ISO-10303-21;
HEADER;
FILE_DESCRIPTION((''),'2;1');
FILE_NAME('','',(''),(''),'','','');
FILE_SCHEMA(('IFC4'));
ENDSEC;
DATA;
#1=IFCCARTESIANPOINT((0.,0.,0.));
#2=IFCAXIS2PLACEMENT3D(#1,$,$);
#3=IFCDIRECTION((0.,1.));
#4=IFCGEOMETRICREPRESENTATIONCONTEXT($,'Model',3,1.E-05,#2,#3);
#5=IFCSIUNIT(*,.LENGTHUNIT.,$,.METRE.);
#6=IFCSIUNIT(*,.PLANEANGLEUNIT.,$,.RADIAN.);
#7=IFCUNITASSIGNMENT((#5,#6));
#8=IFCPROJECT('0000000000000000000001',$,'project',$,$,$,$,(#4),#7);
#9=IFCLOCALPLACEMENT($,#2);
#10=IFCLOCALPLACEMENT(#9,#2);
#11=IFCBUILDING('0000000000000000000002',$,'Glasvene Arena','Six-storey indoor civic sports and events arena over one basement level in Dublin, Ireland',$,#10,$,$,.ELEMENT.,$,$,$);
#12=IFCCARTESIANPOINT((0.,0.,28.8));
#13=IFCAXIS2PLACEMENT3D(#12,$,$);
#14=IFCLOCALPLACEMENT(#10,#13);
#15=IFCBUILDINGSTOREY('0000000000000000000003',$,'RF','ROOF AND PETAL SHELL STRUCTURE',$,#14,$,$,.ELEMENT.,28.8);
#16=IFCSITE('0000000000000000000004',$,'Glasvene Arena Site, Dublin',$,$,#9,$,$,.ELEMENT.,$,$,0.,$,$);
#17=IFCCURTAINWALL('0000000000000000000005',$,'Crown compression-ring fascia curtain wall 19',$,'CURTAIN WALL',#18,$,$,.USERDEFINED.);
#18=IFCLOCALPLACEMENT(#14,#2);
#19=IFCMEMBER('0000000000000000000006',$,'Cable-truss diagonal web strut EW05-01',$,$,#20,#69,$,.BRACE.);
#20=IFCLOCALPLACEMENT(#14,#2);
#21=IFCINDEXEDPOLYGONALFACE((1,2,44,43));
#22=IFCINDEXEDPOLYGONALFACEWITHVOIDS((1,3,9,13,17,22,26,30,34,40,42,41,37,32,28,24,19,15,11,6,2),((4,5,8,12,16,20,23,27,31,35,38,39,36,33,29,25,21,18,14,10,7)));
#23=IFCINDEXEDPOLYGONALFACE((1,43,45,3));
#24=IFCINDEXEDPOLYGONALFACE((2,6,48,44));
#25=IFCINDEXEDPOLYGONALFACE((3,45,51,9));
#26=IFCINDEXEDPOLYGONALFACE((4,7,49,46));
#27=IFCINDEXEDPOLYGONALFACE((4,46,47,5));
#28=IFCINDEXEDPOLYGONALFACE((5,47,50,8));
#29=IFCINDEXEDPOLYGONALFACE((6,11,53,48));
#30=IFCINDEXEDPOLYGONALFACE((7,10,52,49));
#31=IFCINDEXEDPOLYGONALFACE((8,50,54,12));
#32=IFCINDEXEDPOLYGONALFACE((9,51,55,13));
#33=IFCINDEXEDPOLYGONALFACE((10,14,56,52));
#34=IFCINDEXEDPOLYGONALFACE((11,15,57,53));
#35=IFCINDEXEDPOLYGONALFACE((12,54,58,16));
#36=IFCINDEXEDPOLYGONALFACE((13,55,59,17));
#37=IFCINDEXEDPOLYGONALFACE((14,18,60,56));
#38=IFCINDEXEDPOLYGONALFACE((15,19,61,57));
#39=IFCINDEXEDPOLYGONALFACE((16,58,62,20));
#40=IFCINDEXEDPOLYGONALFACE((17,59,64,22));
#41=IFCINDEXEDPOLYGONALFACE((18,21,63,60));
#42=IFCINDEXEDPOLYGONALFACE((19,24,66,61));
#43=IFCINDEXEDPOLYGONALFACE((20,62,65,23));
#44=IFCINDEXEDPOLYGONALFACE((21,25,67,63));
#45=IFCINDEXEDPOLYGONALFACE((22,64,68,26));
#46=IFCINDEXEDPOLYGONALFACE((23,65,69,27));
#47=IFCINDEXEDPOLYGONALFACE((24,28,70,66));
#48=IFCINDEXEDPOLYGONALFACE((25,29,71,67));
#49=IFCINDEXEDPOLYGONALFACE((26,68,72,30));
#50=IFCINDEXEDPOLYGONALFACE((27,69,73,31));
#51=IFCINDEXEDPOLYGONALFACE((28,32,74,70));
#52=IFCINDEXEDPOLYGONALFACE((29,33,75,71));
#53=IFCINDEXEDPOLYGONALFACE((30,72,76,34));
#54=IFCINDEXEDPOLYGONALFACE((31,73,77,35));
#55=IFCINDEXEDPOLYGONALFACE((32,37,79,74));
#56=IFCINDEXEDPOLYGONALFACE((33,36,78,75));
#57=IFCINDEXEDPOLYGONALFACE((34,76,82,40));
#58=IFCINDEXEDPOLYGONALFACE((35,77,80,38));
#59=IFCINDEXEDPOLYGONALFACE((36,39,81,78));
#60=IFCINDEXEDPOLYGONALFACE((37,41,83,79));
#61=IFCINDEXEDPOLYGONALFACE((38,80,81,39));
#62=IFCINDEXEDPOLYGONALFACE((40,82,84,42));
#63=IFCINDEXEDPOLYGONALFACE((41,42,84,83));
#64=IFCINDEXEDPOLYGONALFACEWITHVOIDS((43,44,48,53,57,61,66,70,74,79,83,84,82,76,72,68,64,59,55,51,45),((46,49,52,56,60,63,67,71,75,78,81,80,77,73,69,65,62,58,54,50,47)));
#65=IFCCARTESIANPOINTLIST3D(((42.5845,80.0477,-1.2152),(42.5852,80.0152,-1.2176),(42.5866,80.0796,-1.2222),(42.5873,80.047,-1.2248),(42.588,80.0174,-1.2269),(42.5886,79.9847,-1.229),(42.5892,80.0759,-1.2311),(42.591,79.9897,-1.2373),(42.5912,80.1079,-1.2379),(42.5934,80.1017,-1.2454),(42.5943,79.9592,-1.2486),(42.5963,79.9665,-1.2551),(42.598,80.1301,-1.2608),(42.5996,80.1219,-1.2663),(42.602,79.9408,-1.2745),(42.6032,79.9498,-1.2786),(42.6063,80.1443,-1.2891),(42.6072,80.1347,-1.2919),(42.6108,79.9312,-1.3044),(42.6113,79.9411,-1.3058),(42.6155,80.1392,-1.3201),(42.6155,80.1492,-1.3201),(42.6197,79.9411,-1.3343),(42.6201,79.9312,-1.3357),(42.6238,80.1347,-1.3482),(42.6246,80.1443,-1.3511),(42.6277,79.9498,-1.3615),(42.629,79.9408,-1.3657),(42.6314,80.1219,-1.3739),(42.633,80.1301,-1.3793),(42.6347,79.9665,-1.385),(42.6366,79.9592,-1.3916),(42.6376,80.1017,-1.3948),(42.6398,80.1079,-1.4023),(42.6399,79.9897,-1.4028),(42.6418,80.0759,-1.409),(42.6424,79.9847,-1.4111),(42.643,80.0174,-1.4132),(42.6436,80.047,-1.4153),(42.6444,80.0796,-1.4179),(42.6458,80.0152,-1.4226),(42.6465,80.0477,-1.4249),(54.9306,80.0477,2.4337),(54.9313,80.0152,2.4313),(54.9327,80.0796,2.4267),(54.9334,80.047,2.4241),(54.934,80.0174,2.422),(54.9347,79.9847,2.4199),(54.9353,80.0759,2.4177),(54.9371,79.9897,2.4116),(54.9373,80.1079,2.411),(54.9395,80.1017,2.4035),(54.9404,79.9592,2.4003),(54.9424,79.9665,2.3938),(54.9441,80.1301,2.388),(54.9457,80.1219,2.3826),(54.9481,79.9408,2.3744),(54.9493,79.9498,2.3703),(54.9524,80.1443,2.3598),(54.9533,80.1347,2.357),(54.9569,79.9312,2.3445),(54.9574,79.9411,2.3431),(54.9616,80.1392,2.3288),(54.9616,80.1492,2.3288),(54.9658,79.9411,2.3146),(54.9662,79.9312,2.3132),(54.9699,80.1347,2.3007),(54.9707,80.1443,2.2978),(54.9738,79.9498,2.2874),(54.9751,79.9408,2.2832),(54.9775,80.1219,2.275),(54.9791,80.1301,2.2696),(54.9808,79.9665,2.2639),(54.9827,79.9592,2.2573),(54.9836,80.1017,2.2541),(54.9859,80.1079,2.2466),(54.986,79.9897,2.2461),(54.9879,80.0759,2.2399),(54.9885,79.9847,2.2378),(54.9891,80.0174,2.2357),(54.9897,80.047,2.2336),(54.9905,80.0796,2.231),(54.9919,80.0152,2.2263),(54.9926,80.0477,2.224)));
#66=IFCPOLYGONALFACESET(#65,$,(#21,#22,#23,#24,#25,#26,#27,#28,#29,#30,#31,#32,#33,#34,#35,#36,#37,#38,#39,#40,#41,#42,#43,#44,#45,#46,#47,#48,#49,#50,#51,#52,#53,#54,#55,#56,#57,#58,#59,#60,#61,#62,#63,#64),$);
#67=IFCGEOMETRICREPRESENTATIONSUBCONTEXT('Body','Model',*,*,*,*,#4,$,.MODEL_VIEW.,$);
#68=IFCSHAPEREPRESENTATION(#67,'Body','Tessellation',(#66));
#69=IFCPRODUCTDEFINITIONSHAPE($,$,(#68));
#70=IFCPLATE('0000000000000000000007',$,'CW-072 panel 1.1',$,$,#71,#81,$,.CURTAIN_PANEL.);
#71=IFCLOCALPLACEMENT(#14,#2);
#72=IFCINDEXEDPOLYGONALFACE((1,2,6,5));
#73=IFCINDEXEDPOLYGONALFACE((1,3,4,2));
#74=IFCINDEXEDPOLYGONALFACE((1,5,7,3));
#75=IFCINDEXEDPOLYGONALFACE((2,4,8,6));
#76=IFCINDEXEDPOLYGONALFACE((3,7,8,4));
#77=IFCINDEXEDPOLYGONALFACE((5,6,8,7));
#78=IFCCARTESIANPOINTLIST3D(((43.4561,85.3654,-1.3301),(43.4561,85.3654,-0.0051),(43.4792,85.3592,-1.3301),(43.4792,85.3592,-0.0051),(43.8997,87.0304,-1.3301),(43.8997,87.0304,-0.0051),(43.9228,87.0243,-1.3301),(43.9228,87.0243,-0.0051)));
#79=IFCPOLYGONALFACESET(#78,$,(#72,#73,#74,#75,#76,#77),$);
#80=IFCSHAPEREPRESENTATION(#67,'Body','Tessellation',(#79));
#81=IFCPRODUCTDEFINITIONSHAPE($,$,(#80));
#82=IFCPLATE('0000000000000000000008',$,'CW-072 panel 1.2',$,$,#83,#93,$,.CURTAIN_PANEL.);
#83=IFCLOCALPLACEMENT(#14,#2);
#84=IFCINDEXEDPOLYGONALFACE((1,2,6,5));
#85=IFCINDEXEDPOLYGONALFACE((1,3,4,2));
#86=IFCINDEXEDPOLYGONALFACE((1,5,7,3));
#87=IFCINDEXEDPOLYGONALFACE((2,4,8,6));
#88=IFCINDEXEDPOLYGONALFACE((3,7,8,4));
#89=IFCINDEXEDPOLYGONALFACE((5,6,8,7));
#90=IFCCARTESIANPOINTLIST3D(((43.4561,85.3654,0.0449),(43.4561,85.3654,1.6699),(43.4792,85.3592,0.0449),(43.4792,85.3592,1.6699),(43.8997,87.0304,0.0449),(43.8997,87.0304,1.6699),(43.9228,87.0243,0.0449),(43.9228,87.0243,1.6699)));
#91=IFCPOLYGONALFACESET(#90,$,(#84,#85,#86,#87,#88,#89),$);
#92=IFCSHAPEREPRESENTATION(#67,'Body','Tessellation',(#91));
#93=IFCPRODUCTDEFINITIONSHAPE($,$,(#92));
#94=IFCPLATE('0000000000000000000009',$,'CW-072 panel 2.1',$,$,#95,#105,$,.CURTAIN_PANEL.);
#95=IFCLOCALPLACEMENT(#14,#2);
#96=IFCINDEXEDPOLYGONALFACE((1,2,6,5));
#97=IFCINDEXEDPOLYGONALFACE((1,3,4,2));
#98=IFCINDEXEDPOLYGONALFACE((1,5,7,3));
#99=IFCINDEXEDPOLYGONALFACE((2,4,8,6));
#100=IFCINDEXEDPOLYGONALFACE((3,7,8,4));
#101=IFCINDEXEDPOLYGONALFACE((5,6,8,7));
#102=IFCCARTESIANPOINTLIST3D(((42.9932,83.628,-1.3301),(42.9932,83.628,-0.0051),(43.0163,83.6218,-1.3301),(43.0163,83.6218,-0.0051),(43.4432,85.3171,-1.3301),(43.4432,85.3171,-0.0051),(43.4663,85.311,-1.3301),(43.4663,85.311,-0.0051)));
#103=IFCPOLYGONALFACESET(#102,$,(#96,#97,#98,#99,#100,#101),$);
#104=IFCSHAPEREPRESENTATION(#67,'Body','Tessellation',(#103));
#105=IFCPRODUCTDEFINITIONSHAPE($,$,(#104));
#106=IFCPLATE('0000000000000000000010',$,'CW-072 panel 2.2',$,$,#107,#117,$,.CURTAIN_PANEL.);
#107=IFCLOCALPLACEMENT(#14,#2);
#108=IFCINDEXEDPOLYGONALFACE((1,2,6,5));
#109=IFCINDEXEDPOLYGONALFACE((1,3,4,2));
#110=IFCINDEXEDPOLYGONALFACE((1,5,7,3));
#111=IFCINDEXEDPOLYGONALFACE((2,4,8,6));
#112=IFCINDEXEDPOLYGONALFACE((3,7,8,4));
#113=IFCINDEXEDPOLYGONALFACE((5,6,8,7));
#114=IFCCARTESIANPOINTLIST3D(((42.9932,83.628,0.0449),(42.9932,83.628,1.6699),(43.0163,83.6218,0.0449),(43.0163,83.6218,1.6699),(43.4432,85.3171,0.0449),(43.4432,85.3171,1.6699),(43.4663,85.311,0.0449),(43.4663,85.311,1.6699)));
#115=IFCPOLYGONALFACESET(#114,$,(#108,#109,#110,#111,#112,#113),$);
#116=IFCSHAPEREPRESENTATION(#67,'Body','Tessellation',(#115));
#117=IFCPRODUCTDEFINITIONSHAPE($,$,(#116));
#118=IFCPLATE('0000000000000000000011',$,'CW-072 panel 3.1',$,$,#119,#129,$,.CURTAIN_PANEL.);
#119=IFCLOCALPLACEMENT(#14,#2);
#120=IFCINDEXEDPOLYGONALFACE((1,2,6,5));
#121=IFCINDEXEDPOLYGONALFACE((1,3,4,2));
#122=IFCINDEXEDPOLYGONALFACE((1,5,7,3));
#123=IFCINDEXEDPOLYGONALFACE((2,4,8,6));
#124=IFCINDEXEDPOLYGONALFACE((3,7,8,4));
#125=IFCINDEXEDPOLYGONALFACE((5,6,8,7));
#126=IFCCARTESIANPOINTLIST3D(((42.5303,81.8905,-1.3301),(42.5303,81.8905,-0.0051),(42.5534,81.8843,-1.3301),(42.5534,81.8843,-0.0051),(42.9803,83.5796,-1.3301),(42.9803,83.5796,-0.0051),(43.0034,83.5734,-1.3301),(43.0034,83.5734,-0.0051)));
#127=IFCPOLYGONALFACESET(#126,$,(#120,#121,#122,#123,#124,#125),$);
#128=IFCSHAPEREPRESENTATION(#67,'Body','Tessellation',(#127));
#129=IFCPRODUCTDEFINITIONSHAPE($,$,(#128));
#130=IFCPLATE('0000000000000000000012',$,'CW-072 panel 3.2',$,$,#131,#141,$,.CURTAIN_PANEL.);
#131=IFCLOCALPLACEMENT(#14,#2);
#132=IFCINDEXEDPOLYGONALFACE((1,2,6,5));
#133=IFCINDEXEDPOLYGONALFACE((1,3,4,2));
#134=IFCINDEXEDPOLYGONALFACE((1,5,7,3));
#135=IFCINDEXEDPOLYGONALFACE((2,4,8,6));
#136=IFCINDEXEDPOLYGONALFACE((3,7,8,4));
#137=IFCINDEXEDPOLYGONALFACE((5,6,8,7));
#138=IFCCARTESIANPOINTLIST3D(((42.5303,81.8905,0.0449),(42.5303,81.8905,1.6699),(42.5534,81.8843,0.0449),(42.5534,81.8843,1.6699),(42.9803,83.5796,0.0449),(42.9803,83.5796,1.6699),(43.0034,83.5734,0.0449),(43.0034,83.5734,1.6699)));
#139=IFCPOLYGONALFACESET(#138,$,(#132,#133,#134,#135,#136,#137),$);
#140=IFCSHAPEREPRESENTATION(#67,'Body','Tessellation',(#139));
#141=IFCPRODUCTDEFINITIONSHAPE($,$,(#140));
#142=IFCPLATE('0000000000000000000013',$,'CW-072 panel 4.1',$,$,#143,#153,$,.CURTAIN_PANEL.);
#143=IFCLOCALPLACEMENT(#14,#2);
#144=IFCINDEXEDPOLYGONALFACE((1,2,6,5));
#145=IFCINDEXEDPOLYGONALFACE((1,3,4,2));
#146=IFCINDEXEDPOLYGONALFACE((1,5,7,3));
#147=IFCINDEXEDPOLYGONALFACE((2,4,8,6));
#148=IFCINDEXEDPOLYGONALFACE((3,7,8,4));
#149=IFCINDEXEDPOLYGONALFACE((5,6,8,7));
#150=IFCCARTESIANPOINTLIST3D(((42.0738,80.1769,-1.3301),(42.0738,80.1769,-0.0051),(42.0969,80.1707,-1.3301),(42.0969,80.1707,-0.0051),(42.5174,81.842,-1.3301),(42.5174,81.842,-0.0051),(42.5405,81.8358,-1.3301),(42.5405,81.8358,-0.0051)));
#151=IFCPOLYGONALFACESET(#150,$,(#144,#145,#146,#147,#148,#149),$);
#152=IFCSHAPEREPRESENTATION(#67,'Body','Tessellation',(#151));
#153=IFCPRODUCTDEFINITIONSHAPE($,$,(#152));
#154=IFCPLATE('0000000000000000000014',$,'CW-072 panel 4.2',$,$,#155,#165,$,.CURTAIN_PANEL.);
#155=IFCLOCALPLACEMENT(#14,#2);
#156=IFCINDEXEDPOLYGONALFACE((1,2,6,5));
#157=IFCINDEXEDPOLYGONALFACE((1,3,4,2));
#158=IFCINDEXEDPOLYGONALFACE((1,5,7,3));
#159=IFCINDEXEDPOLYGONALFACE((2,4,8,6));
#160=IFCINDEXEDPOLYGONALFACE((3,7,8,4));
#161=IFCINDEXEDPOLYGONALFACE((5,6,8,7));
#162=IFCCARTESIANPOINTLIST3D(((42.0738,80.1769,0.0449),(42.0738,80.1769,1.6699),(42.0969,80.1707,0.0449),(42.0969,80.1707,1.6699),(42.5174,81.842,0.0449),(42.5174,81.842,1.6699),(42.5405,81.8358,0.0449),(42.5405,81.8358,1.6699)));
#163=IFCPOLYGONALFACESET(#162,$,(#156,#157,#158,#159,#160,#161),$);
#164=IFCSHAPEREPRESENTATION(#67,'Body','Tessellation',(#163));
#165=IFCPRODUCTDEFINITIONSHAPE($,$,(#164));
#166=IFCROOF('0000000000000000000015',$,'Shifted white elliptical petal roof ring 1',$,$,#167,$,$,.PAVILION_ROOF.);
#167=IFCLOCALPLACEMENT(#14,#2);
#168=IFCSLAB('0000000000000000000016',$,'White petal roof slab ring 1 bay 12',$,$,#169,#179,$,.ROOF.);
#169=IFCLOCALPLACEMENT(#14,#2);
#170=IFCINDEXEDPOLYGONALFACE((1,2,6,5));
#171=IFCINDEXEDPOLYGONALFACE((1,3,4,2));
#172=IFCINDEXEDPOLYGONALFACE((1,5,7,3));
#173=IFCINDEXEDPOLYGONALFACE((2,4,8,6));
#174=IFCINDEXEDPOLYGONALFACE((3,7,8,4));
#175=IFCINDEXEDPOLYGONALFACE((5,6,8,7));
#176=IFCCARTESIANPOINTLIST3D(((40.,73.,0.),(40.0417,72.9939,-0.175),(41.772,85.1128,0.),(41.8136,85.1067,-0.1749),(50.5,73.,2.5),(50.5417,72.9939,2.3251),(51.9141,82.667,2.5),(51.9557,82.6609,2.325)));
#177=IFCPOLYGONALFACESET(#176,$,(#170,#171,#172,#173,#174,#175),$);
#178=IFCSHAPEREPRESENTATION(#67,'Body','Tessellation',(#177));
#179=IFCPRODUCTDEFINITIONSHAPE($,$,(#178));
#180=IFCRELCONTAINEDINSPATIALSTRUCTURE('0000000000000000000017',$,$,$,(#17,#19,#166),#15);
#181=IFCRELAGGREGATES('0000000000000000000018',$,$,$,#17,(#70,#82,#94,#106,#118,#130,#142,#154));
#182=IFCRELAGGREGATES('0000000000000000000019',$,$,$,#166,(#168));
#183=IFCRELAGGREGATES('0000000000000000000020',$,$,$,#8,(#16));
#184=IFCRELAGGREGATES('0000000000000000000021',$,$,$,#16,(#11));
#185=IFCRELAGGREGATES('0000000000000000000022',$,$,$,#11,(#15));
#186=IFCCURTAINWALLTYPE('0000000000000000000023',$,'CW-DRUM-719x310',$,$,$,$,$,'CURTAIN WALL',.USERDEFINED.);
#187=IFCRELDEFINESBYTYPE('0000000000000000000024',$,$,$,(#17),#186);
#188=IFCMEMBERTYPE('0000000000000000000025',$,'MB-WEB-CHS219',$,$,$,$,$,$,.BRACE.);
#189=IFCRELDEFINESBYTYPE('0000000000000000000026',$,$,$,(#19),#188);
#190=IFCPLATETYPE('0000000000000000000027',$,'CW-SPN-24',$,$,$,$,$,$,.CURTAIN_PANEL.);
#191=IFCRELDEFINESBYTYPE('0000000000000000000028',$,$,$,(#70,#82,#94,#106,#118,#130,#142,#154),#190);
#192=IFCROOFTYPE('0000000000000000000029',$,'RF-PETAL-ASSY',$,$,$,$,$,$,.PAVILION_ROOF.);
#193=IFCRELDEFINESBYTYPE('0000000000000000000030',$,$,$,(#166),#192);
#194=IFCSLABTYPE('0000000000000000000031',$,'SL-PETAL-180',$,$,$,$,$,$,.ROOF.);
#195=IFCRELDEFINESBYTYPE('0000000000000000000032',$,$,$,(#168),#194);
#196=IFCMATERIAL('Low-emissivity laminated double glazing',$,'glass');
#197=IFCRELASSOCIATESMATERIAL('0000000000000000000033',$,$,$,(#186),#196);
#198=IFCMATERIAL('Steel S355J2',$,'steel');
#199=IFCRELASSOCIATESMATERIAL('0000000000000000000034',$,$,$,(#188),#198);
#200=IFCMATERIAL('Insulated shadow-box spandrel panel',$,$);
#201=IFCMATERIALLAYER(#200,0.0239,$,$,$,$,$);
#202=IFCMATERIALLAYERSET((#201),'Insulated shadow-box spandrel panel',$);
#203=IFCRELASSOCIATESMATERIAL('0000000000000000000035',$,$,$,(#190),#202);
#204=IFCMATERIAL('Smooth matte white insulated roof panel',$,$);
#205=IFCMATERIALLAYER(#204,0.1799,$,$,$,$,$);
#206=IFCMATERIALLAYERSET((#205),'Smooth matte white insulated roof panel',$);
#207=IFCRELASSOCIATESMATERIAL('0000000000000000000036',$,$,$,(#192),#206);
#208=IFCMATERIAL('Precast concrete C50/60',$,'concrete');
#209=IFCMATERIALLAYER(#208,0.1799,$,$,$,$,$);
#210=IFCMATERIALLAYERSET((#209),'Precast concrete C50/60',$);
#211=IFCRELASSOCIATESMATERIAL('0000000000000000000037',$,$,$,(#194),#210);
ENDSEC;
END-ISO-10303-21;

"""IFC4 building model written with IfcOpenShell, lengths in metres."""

from ifc_helpers import new_model, si_unit, direction, frame, origin, origin_2d, place, context, subcontext, project, spatial, polyline, rectangle, hollow_circle, outline, extrude, material, layer, layer_set, material_profile, profile_set, type_object, element, aggregate, save


model = new_model("IFC4")

# Units and contexts
model_context = context("Model", 3, precision=1e-05, world=origin(), true_north=direction((0.0, 1.0)))
body_context = subcontext(model_context, "Body", "Model", "MODEL_VIEW")
ifc_project = project(units=[si_unit("LENGTHUNIT", "METRE"), si_unit("PLANEANGLEUNIT", "RADIAN")], contexts=[model_context])

# Site, building, storey
site_placement = place(None, origin())
site = spatial("IfcSite", under=ifc_project, at=site_placement, Name="Glasvene Arena Site, Dublin", CompositionType="ELEMENT", RefElevation=0.0)
building_placement = place(site_placement, origin())
building = spatial("IfcBuilding", under=site, at=building_placement, Name="Glasvene Arena", Description="Six-storey indoor civic sports and events arena over one basement level in Dublin, Ireland", CompositionType="ELEMENT")
storey_placement = place(building_placement, frame((0.0, 0.0, 28.8)))
storey = spatial("IfcBuildingStorey", under=building, at=storey_placement, Name="RF", Description="ROOF AND PETAL SHELL STRUCTURE", CompositionType="ELEMENT", Elevation=28.8)

# Shared definitions
ifc_material_1 = material(Name="Low-emissivity laminated double glazing", Category="glass")

# Curtain wall
curtain_wall_type_1 = type_object("IfcCurtainWallType", Name="CW-DRUM-719x310", ElementType="CURTAIN WALL", PredefinedType="USERDEFINED", material=ifc_material_1)
curtain_wall_1_placement = place(storey_placement, frame((43.9241, 87.0757, 0.0)))
curtain_wall_1 = element("IfcCurtainWall", 1, at=curtain_wall_1_placement, inside=storey, type_object=curtain_wall_type_1, Name="Crown compression-ring fascia curtain wall 19", ObjectType="CURTAIN WALL", PredefinedType="USERDEFINED")

# Member
ifc_material_2 = material(Name="Steel S355J2", Category="steel")
ifc_material_profile_1 = material_profile(ifc_material_2, hollow_circle(Radius=0.1096, WallThickness=0.01, at=origin_2d()), Name="CHS 219.1x10.0")
ifc_profile_set_1 = profile_set([ifc_material_profile_1], Name="Steel S355J2")
member_type_1 = type_object("IfcMemberType", Name="MB-WEB-CHS219", PredefinedType="BRACE", material=ifc_profile_set_1)
member_1_placement = place(storey_placement, frame((42.6155, 80.0396, -1.3201), z_axis=(0.958993, 0.0, 0.283431), x_axis=(0.0, 1.0, 0.0)))
element("IfcMember", 2, at=member_1_placement, inside=storey, type_object=member_type_1, Name="Cable-truss diagonal web strut EW05-01", PredefinedType="BRACE", context=body_context, shape_type="SweptSolid", body=[
    extrude(hollow_circle(Radius=0.1096, WallThickness=0.01, at=origin_2d()), origin(), (0.0, 0.0, 1.0), 12.874),
])

# Plates
ifc_material_3 = material(Name="Insulated shadow-box spandrel panel")
ifc_layer_1 = layer(ifc_material_3, 0.0239)
ifc_layer_set_1 = layer_set([ifc_layer_1], Name="Insulated shadow-box spandrel panel")
plate_type = type_object("IfcPlateType", Name="CW-SPN-24", PredefinedType="CURTAIN_PANEL", material=ifc_layer_set_1)
plate_1_placement = place(storey_placement, frame((43.6895, 86.1948, -1.3301), z_axis=(0.0, 0.0, 1.0), x_axis=(-0.257447, -0.966292, 0.0)))
plate_1 = element("IfcPlate", 3, at=plate_1_placement, type_object=plate_type, Name="CW-072 panel 1.1", PredefinedType="CURTAIN_PANEL", context=body_context, shape_type="SweptSolid", body=[
    extrude(rectangle(XDim=1.7231, YDim=0.0239, at=origin_2d()), origin(), (0.0, 0.0, 1.0), 1.325),
])
plate_2_placement = place(storey_placement, frame((43.6895, 86.1948, 0.0449), z_axis=(0.0, 0.0, 1.0), x_axis=(-0.257447, -0.966292, 0.0)))
plate_2 = element("IfcPlate", 4, at=plate_2_placement, type_object=plate_type, Name="CW-072 panel 1.2", PredefinedType="CURTAIN_PANEL", context=body_context, shape_type="SweptSolid", body=[
    extrude(rectangle(XDim=1.7231, YDim=0.0239, at=origin_2d()), origin(), (0.0, 0.0, 1.0), 1.625),
])
plate_3_placement = place(storey_placement, frame((43.2297, 84.4695, -1.3301), z_axis=(0.0, 0.0, 1.0), x_axis=(-0.257447, -0.966292, 0.0)))
plate_3 = element("IfcPlate", 5, at=plate_3_placement, type_object=plate_type, Name="CW-072 panel 2.1", PredefinedType="CURTAIN_PANEL", context=body_context, shape_type="SweptSolid", body=[
    extrude(rectangle(XDim=1.748, YDim=0.0239, at=origin_2d()), origin(), (0.0, 0.0, 1.0), 1.325),
])
plate_4_placement = place(storey_placement, frame((43.2297, 84.4695, 0.0449), z_axis=(0.0, 0.0, 1.0), x_axis=(-0.257447, -0.966292, 0.0)))
plate_4 = element("IfcPlate", 6, at=plate_4_placement, type_object=plate_type, Name="CW-072 panel 2.2", PredefinedType="CURTAIN_PANEL", context=body_context, shape_type="SweptSolid", body=[
    extrude(rectangle(XDim=1.748, YDim=0.0239, at=origin_2d()), origin(), (0.0, 0.0, 1.0), 1.625),
])
plate_5_placement = place(storey_placement, frame((42.7668, 82.7319, -1.3301), z_axis=(0.0, 0.0, 1.0), x_axis=(-0.257447, -0.966292, 0.0)))
plate_5 = element("IfcPlate", 7, at=plate_5_placement, type_object=plate_type, Name="CW-072 panel 3.1", PredefinedType="CURTAIN_PANEL", context=body_context, shape_type="SweptSolid", body=[
    extrude(rectangle(XDim=1.748, YDim=0.0239, at=origin_2d()), origin(), (0.0, 0.0, 1.0), 1.325),
])
plate_6_placement = place(storey_placement, frame((42.7668, 82.7319, 0.0449), z_axis=(0.0, 0.0, 1.0), x_axis=(-0.257447, -0.966292, 0.0)))
plate_6 = element("IfcPlate", 8, at=plate_6_placement, type_object=plate_type, Name="CW-072 panel 3.2", PredefinedType="CURTAIN_PANEL", context=body_context, shape_type="SweptSolid", body=[
    extrude(rectangle(XDim=1.748, YDim=0.0239, at=origin_2d()), origin(), (0.0, 0.0, 1.0), 1.625),
])
plate_7_placement = place(storey_placement, frame((42.3071, 81.0063, -1.3301), z_axis=(0.0, 0.0, 1.0), x_axis=(-0.257447, -0.966292, 0.0)))
plate_7 = element("IfcPlate", 9, at=plate_7_placement, type_object=plate_type, Name="CW-072 panel 4.1", PredefinedType="CURTAIN_PANEL", context=body_context, shape_type="SweptSolid", body=[
    extrude(rectangle(XDim=1.7231, YDim=0.0239, at=origin_2d()), origin(), (0.0, 0.0, 1.0), 1.325),
])
plate_8_placement = place(storey_placement, frame((42.3071, 81.0063, 0.0449), z_axis=(0.0, 0.0, 1.0), x_axis=(-0.257447, -0.966292, 0.0)))
plate_8 = element("IfcPlate", 10, at=plate_8_placement, type_object=plate_type, Name="CW-072 panel 4.2", PredefinedType="CURTAIN_PANEL", context=body_context, shape_type="SweptSolid", body=[
    extrude(rectangle(XDim=1.7231, YDim=0.0239, at=origin_2d()), origin(), (0.0, 0.0, 1.0), 1.625),
])
aggregate(curtain_wall_1, [plate_1, plate_2, plate_3, plate_4, plate_5, plate_6, plate_7, plate_8])

# Roof, slab
ifc_material_4 = material(Name="Smooth matte white insulated roof panel")
ifc_layer_2 = layer(ifc_material_4, 0.1799)
ifc_layer_set_2 = layer_set([ifc_layer_2], Name="Smooth matte white insulated roof panel")
roof_type = type_object("IfcRoofType", Name="RF-PETAL-ASSY", PredefinedType="PAVILION_ROOF", material=ifc_layer_set_2)
roof_placement = place(storey_placement, frame((92.0, 73.0, 0.0)))
roof = element("IfcRoof", 11, at=roof_placement, inside=storey, type_object=roof_type, Name="Shifted white elliptical petal roof ring 1", PredefinedType="PAVILION_ROOF")
ifc_material_5 = material(Name="Precast concrete C50/60", Category="concrete")
ifc_layer_3 = layer(ifc_material_5, 0.1799)
ifc_layer_set_3 = layer_set([ifc_layer_3], Name="Precast concrete C50/60")
slab_type = type_object("IfcSlabType", Name="SL-PETAL-180", PredefinedType="ROOF", material=ifc_layer_set_3)
slab_placement = place(storey_placement, frame((41.772, 85.1128, 0.0), z_axis=(-0.231489, 0.033863, 0.972248), x_axis=(-0.144748, -0.989468, -0.000001)))
slab = element("IfcSlab", 12, at=slab_placement, type_object=slab_type, Name="White petal roof slab ring 1 bay 12", PredefinedType="ROOF", context=body_context, shape_type="SweptSolid", body=[
    extrude(outline(polyline([(0.0, 0.0), (12.2417, 0.0), (10.7219, 10.686), (0.952, 10.6859), (0.0, 0.0)])), origin(), (0.0, 0.0, -1.0), 0.1799),
])
aggregate(roof, [slab])

save(model, "model.ifc")
